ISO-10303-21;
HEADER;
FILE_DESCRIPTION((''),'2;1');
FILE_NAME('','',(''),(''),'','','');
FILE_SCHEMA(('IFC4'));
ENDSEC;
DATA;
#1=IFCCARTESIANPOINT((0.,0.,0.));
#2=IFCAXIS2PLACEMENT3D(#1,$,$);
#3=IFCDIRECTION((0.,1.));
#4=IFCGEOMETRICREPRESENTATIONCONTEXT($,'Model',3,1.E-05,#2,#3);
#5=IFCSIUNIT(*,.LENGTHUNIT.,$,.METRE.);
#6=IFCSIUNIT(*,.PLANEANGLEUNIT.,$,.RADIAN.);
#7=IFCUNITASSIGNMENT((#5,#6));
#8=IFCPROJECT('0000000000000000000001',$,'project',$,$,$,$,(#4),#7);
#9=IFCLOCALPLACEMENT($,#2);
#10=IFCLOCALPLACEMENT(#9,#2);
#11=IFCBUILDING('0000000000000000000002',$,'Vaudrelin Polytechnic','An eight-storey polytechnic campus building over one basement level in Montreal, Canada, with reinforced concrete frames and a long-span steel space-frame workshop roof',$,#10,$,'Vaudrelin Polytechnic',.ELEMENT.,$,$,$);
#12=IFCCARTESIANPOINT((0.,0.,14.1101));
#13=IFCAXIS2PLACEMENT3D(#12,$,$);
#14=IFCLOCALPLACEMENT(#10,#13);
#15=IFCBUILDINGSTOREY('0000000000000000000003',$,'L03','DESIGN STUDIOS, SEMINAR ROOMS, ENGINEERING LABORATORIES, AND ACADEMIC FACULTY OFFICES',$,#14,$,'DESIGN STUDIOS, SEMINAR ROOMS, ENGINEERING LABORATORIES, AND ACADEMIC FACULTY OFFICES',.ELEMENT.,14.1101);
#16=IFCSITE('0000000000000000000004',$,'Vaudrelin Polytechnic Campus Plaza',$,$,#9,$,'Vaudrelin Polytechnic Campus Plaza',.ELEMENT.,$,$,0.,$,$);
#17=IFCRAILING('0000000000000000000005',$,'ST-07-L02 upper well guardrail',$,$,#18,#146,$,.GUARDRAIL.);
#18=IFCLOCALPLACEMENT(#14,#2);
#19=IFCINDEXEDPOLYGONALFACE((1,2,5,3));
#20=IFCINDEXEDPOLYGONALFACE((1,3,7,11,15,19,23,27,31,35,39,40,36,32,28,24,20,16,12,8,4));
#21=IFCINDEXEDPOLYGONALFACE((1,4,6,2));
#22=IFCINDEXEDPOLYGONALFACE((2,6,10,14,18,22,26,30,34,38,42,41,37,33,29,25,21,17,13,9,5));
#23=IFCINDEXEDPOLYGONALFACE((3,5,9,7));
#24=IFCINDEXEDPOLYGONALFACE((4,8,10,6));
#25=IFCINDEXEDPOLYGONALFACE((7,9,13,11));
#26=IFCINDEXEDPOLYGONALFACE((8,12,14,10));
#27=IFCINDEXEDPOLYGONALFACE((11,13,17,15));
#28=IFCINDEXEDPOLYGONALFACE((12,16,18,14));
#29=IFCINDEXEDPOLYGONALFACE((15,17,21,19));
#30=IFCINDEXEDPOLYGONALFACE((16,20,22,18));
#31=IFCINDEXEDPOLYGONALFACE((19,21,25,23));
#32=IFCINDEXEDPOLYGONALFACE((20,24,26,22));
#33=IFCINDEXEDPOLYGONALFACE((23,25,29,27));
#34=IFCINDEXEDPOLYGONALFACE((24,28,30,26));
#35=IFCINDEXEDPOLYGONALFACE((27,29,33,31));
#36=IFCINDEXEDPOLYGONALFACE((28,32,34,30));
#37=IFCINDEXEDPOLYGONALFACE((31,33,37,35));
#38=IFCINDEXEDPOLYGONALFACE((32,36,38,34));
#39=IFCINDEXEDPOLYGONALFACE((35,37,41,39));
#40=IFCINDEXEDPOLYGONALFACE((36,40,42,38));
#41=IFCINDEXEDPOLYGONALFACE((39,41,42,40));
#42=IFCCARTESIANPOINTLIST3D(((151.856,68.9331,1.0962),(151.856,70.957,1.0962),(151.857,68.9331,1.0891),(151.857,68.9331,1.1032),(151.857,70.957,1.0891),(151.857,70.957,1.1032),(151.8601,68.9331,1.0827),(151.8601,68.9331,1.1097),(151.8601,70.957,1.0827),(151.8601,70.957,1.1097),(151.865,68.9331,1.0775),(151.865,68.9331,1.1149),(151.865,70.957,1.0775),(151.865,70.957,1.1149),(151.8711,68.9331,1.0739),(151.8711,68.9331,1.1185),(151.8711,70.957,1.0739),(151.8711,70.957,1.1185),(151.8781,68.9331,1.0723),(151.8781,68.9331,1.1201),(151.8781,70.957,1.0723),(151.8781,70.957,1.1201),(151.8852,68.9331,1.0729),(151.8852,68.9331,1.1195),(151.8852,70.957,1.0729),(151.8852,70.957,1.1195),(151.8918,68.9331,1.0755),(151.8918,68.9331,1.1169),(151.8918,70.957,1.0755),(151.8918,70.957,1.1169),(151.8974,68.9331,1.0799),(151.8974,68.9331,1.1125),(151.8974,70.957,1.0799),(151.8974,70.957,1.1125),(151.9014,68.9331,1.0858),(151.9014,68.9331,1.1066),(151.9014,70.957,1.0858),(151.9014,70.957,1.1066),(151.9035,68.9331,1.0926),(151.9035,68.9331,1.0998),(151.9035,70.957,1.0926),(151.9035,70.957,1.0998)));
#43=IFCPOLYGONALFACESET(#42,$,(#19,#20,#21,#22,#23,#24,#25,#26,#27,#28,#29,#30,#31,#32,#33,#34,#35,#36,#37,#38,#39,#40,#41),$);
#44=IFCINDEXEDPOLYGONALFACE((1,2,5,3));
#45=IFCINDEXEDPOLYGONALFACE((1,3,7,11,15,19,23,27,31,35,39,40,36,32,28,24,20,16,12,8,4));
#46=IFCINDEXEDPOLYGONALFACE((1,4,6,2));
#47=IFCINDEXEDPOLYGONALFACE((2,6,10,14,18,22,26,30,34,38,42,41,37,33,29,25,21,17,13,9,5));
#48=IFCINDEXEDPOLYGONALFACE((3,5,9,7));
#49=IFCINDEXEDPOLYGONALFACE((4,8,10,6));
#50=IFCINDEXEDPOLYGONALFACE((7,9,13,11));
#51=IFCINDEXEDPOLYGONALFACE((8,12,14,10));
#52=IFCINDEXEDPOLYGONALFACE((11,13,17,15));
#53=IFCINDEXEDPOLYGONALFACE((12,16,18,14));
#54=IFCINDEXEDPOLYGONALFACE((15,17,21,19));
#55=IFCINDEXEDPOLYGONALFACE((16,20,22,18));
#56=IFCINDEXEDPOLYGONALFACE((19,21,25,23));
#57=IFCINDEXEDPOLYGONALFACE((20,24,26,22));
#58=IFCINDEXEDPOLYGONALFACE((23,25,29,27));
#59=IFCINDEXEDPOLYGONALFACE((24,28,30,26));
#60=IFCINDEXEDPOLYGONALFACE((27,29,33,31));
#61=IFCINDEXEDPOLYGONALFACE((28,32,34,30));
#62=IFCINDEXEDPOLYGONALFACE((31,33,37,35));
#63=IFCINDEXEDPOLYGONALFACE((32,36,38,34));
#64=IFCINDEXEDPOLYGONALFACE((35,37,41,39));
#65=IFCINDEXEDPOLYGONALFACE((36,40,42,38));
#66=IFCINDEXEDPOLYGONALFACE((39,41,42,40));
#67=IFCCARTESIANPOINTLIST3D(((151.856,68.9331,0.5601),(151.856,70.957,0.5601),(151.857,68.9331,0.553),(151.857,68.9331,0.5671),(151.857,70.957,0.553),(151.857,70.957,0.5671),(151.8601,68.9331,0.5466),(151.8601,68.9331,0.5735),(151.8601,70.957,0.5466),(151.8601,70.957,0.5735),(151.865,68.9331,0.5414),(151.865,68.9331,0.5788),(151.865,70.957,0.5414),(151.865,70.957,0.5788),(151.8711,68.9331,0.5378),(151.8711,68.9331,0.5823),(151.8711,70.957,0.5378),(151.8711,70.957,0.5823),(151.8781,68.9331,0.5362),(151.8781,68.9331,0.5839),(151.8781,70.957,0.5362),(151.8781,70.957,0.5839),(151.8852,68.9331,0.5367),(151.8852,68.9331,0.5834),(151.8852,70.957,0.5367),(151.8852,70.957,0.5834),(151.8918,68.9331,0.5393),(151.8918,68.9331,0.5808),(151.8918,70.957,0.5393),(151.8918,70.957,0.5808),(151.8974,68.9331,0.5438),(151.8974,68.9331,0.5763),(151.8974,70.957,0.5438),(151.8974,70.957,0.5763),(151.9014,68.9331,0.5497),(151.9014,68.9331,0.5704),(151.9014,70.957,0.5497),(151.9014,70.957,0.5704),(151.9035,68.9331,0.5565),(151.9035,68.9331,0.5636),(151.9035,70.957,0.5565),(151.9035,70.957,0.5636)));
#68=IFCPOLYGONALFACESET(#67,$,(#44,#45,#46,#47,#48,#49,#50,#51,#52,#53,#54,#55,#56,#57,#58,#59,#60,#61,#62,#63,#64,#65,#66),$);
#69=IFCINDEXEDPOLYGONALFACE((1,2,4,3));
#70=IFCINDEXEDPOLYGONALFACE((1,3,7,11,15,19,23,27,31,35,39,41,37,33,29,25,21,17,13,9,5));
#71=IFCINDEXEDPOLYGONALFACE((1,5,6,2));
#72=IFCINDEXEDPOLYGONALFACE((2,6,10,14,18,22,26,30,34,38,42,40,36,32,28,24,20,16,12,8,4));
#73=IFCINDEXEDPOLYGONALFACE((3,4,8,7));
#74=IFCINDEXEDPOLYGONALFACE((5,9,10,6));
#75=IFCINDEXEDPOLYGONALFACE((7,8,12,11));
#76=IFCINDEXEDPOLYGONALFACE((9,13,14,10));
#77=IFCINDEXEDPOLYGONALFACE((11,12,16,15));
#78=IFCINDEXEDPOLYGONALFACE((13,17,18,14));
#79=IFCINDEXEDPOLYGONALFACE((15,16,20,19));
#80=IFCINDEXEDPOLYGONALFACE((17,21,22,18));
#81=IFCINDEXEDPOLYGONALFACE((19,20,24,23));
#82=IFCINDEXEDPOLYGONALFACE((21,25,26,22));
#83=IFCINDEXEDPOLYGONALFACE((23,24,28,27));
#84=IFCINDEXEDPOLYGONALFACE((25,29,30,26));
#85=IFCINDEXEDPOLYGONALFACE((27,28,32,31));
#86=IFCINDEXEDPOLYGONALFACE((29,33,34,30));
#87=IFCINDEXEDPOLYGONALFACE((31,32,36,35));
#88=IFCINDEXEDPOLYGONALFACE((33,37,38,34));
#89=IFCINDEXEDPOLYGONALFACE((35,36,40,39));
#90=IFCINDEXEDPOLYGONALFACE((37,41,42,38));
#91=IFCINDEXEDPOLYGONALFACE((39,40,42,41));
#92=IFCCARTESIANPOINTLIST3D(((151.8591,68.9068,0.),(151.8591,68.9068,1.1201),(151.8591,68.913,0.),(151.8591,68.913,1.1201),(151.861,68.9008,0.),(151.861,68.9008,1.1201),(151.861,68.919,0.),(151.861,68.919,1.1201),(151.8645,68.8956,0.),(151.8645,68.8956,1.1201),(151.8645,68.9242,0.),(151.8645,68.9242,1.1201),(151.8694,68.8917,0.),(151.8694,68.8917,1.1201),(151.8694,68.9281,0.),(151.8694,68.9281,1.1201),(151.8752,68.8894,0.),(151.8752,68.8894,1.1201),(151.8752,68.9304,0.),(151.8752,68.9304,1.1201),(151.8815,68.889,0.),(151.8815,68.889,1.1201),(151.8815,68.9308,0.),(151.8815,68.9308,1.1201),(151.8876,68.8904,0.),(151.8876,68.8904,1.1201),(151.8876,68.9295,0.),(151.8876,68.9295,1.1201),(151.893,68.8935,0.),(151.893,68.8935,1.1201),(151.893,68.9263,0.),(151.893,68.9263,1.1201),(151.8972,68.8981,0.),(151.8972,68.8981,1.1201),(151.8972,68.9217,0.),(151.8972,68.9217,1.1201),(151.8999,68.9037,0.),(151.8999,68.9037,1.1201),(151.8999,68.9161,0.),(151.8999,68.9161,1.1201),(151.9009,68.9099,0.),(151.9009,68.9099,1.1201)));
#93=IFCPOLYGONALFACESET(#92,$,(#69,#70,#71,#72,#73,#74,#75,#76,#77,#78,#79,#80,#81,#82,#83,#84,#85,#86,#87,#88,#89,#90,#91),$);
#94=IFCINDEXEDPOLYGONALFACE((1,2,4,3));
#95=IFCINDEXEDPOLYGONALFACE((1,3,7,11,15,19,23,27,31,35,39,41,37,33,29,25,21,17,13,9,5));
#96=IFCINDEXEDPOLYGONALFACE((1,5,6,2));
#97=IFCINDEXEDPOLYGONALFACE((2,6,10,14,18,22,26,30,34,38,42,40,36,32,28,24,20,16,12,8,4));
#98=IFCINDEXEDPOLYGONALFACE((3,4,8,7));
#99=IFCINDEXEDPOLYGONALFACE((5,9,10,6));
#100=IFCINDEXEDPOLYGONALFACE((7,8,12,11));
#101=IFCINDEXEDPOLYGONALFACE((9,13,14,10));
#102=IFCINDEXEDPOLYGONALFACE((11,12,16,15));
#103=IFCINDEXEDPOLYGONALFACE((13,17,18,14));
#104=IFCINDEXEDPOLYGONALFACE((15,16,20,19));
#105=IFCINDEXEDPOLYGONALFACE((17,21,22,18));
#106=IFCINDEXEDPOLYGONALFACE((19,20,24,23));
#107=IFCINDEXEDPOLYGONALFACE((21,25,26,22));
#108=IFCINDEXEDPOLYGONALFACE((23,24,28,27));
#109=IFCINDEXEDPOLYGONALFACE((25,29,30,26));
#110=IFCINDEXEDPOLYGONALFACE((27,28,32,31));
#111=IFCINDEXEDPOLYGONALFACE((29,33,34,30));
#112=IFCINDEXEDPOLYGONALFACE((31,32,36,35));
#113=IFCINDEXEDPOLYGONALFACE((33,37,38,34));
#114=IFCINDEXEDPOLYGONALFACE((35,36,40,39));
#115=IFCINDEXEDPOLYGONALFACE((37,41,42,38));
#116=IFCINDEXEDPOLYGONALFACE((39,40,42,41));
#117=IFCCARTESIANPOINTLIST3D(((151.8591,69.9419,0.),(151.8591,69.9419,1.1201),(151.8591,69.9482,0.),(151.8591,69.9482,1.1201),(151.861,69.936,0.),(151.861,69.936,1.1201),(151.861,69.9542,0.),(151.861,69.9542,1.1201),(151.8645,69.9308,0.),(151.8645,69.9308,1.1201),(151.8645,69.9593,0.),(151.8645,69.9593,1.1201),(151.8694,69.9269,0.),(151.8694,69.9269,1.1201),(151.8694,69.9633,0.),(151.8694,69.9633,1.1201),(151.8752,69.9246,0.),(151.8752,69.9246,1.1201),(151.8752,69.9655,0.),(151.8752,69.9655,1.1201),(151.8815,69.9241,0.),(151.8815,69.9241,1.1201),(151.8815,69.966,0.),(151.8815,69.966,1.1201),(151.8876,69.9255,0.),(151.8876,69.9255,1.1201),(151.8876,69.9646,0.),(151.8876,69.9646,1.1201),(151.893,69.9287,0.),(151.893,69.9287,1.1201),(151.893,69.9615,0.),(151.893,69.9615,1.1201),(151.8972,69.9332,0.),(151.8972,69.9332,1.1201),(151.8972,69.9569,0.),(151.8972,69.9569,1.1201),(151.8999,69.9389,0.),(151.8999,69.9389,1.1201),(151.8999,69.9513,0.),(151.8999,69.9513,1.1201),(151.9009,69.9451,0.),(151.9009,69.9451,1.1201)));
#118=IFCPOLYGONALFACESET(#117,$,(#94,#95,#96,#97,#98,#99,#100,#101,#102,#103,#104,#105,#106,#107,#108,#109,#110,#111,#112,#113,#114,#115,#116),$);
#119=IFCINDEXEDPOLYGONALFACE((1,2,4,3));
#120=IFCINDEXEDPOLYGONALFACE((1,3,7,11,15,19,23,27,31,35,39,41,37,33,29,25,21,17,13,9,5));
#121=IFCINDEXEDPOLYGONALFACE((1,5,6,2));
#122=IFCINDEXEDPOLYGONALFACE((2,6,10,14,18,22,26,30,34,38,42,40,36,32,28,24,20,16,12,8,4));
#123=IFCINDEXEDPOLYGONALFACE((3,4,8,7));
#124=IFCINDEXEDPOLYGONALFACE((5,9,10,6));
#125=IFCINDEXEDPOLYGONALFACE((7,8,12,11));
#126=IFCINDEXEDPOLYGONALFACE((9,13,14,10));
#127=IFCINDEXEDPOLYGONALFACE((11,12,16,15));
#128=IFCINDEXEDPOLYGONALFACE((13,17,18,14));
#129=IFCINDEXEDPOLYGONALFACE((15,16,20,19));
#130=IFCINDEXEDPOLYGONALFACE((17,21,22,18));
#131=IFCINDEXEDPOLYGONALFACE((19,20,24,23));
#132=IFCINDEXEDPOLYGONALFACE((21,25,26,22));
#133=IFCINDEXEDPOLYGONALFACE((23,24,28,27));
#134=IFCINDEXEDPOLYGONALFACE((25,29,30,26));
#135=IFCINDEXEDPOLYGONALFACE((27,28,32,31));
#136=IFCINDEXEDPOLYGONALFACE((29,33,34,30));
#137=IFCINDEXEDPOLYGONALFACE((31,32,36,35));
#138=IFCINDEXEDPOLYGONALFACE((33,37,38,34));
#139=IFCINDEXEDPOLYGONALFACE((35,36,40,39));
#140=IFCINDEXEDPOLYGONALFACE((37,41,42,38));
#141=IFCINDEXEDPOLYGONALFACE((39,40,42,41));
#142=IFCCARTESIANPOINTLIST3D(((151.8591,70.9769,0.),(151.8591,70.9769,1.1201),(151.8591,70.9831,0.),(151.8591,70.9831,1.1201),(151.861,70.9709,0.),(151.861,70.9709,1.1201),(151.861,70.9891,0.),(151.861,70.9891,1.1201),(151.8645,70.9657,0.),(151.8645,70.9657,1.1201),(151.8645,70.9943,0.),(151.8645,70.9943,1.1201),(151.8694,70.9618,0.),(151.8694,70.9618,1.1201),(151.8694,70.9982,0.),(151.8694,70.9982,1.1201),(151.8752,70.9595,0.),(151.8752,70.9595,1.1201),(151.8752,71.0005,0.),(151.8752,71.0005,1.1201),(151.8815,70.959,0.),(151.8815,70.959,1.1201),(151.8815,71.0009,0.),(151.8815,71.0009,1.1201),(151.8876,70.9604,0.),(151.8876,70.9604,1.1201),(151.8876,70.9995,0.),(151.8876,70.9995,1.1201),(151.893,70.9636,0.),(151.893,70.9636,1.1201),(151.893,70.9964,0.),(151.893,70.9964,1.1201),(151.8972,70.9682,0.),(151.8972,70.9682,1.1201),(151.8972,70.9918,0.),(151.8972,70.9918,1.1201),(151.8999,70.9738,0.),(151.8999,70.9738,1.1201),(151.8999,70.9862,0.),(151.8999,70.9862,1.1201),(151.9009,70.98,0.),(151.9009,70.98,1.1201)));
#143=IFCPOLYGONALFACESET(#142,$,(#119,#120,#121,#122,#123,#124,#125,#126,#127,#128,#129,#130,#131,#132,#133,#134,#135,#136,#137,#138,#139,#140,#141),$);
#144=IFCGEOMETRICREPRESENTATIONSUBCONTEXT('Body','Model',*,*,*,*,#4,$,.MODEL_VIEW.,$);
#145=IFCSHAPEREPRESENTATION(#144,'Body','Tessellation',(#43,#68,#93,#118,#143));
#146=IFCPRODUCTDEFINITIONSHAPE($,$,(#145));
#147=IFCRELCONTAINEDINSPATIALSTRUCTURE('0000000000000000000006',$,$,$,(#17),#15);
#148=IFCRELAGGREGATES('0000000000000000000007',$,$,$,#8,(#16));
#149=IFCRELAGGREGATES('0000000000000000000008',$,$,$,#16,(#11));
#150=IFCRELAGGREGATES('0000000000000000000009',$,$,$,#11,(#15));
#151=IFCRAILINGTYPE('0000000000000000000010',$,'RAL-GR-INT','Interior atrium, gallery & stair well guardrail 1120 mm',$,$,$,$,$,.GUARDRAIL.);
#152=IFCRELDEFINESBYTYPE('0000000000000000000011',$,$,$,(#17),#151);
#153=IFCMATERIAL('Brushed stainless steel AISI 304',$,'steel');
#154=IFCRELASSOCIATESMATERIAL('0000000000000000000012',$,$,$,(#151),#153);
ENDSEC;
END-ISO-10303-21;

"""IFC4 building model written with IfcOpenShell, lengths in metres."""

from ifc_helpers import new_model, si_unit, direction, frame, origin, origin_2d, place, context, subcontext, project, spatial, circle, extrude, material, type_object, element, save


model = new_model("IFC4")

# Units and contexts
model_context = context("Model", 3, precision=1e-05, world=origin(), true_north=direction((0.0, 1.0)))
body_context = subcontext(model_context, "Body", "Model", "MODEL_VIEW")
ifc_project = project(units=[si_unit("LENGTHUNIT", "METRE"), si_unit("PLANEANGLEUNIT", "RADIAN")], contexts=[model_context])

# Site, building, storey
site_placement = place(None, origin())
site = spatial("IfcSite", under=ifc_project, at=site_placement, Name="Vaudrelin Polytechnic Campus Plaza", LongName="Vaudrelin Polytechnic Campus Plaza", CompositionType="ELEMENT", RefElevation=0.0)
building_placement = place(site_placement, origin())
building = spatial("IfcBuilding", under=site, at=building_placement, Name="Vaudrelin Polytechnic", Description="An eight-storey polytechnic campus building over one basement level in Montreal, Canada, with reinforced concrete frames and a long-span steel space-frame workshop roof", LongName="Vaudrelin Polytechnic", CompositionType="ELEMENT")
storey_placement = place(building_placement, frame((0.0, 0.0, 14.1101)))
storey = spatial("IfcBuildingStorey", under=building, at=storey_placement, Name="L03", Description="DESIGN STUDIOS, SEMINAR ROOMS, ENGINEERING LABORATORIES, AND ACADEMIC FACULTY OFFICES", LongName="DESIGN STUDIOS, SEMINAR ROOMS, ENGINEERING LABORATORIES, AND ACADEMIC FACULTY OFFICES", CompositionType="ELEMENT", Elevation=14.1101)

# Railing
ifc_material_1 = material(Name="Brushed stainless steel AISI 304", Category="steel")
railing_type_1 = type_object("IfcRailingType", Name="RAL-GR-INT", Description="Interior atrium, gallery & stair well guardrail 1120 mm", PredefinedType="GUARDRAIL", material=ifc_material_1)
railing_1_placement = place(storey_placement, frame((151.8799, 68.9099, 0.0)))
element("IfcRailing", 1, at=railing_1_placement, inside=storey, type_object=railing_type_1, Name="ST-07-L02 upper well guardrail", PredefinedType="GUARDRAIL", context=body_context, shape_type="SweptSolid", body=[
    extrude(circle(Radius=0.0239, at=origin_2d()), frame((0.0, 0.0232, 1.0962), z_axis=(0.0, 1.0, 0.0), x_axis=(-1.0, 0.0, 0.0)), (0.0, 0.0, 1.0), 2.0239),
    extrude(circle(Radius=0.0239, at=origin_2d()), frame((0.0, 0.0232, 0.5601), z_axis=(0.0, 1.0, 0.0), x_axis=(-1.0, 0.0, 0.0)), (0.0, 0.0, 1.0), 2.0239),
    extrude(circle(Radius=0.021, at=origin_2d()), origin(), (0.0, 0.0, 1.0), 1.1201),
    extrude(circle(Radius=0.021, at=origin_2d()), frame((0.0, 1.0352, 0.0)), (0.0, 0.0, 1.0), 1.1201),
    extrude(circle(Radius=0.021, at=origin_2d()), frame((0.0, 2.0701, 0.0)), (0.0, 0.0, 1.0), 1.1201),
])

save(model, "model.ifc")
